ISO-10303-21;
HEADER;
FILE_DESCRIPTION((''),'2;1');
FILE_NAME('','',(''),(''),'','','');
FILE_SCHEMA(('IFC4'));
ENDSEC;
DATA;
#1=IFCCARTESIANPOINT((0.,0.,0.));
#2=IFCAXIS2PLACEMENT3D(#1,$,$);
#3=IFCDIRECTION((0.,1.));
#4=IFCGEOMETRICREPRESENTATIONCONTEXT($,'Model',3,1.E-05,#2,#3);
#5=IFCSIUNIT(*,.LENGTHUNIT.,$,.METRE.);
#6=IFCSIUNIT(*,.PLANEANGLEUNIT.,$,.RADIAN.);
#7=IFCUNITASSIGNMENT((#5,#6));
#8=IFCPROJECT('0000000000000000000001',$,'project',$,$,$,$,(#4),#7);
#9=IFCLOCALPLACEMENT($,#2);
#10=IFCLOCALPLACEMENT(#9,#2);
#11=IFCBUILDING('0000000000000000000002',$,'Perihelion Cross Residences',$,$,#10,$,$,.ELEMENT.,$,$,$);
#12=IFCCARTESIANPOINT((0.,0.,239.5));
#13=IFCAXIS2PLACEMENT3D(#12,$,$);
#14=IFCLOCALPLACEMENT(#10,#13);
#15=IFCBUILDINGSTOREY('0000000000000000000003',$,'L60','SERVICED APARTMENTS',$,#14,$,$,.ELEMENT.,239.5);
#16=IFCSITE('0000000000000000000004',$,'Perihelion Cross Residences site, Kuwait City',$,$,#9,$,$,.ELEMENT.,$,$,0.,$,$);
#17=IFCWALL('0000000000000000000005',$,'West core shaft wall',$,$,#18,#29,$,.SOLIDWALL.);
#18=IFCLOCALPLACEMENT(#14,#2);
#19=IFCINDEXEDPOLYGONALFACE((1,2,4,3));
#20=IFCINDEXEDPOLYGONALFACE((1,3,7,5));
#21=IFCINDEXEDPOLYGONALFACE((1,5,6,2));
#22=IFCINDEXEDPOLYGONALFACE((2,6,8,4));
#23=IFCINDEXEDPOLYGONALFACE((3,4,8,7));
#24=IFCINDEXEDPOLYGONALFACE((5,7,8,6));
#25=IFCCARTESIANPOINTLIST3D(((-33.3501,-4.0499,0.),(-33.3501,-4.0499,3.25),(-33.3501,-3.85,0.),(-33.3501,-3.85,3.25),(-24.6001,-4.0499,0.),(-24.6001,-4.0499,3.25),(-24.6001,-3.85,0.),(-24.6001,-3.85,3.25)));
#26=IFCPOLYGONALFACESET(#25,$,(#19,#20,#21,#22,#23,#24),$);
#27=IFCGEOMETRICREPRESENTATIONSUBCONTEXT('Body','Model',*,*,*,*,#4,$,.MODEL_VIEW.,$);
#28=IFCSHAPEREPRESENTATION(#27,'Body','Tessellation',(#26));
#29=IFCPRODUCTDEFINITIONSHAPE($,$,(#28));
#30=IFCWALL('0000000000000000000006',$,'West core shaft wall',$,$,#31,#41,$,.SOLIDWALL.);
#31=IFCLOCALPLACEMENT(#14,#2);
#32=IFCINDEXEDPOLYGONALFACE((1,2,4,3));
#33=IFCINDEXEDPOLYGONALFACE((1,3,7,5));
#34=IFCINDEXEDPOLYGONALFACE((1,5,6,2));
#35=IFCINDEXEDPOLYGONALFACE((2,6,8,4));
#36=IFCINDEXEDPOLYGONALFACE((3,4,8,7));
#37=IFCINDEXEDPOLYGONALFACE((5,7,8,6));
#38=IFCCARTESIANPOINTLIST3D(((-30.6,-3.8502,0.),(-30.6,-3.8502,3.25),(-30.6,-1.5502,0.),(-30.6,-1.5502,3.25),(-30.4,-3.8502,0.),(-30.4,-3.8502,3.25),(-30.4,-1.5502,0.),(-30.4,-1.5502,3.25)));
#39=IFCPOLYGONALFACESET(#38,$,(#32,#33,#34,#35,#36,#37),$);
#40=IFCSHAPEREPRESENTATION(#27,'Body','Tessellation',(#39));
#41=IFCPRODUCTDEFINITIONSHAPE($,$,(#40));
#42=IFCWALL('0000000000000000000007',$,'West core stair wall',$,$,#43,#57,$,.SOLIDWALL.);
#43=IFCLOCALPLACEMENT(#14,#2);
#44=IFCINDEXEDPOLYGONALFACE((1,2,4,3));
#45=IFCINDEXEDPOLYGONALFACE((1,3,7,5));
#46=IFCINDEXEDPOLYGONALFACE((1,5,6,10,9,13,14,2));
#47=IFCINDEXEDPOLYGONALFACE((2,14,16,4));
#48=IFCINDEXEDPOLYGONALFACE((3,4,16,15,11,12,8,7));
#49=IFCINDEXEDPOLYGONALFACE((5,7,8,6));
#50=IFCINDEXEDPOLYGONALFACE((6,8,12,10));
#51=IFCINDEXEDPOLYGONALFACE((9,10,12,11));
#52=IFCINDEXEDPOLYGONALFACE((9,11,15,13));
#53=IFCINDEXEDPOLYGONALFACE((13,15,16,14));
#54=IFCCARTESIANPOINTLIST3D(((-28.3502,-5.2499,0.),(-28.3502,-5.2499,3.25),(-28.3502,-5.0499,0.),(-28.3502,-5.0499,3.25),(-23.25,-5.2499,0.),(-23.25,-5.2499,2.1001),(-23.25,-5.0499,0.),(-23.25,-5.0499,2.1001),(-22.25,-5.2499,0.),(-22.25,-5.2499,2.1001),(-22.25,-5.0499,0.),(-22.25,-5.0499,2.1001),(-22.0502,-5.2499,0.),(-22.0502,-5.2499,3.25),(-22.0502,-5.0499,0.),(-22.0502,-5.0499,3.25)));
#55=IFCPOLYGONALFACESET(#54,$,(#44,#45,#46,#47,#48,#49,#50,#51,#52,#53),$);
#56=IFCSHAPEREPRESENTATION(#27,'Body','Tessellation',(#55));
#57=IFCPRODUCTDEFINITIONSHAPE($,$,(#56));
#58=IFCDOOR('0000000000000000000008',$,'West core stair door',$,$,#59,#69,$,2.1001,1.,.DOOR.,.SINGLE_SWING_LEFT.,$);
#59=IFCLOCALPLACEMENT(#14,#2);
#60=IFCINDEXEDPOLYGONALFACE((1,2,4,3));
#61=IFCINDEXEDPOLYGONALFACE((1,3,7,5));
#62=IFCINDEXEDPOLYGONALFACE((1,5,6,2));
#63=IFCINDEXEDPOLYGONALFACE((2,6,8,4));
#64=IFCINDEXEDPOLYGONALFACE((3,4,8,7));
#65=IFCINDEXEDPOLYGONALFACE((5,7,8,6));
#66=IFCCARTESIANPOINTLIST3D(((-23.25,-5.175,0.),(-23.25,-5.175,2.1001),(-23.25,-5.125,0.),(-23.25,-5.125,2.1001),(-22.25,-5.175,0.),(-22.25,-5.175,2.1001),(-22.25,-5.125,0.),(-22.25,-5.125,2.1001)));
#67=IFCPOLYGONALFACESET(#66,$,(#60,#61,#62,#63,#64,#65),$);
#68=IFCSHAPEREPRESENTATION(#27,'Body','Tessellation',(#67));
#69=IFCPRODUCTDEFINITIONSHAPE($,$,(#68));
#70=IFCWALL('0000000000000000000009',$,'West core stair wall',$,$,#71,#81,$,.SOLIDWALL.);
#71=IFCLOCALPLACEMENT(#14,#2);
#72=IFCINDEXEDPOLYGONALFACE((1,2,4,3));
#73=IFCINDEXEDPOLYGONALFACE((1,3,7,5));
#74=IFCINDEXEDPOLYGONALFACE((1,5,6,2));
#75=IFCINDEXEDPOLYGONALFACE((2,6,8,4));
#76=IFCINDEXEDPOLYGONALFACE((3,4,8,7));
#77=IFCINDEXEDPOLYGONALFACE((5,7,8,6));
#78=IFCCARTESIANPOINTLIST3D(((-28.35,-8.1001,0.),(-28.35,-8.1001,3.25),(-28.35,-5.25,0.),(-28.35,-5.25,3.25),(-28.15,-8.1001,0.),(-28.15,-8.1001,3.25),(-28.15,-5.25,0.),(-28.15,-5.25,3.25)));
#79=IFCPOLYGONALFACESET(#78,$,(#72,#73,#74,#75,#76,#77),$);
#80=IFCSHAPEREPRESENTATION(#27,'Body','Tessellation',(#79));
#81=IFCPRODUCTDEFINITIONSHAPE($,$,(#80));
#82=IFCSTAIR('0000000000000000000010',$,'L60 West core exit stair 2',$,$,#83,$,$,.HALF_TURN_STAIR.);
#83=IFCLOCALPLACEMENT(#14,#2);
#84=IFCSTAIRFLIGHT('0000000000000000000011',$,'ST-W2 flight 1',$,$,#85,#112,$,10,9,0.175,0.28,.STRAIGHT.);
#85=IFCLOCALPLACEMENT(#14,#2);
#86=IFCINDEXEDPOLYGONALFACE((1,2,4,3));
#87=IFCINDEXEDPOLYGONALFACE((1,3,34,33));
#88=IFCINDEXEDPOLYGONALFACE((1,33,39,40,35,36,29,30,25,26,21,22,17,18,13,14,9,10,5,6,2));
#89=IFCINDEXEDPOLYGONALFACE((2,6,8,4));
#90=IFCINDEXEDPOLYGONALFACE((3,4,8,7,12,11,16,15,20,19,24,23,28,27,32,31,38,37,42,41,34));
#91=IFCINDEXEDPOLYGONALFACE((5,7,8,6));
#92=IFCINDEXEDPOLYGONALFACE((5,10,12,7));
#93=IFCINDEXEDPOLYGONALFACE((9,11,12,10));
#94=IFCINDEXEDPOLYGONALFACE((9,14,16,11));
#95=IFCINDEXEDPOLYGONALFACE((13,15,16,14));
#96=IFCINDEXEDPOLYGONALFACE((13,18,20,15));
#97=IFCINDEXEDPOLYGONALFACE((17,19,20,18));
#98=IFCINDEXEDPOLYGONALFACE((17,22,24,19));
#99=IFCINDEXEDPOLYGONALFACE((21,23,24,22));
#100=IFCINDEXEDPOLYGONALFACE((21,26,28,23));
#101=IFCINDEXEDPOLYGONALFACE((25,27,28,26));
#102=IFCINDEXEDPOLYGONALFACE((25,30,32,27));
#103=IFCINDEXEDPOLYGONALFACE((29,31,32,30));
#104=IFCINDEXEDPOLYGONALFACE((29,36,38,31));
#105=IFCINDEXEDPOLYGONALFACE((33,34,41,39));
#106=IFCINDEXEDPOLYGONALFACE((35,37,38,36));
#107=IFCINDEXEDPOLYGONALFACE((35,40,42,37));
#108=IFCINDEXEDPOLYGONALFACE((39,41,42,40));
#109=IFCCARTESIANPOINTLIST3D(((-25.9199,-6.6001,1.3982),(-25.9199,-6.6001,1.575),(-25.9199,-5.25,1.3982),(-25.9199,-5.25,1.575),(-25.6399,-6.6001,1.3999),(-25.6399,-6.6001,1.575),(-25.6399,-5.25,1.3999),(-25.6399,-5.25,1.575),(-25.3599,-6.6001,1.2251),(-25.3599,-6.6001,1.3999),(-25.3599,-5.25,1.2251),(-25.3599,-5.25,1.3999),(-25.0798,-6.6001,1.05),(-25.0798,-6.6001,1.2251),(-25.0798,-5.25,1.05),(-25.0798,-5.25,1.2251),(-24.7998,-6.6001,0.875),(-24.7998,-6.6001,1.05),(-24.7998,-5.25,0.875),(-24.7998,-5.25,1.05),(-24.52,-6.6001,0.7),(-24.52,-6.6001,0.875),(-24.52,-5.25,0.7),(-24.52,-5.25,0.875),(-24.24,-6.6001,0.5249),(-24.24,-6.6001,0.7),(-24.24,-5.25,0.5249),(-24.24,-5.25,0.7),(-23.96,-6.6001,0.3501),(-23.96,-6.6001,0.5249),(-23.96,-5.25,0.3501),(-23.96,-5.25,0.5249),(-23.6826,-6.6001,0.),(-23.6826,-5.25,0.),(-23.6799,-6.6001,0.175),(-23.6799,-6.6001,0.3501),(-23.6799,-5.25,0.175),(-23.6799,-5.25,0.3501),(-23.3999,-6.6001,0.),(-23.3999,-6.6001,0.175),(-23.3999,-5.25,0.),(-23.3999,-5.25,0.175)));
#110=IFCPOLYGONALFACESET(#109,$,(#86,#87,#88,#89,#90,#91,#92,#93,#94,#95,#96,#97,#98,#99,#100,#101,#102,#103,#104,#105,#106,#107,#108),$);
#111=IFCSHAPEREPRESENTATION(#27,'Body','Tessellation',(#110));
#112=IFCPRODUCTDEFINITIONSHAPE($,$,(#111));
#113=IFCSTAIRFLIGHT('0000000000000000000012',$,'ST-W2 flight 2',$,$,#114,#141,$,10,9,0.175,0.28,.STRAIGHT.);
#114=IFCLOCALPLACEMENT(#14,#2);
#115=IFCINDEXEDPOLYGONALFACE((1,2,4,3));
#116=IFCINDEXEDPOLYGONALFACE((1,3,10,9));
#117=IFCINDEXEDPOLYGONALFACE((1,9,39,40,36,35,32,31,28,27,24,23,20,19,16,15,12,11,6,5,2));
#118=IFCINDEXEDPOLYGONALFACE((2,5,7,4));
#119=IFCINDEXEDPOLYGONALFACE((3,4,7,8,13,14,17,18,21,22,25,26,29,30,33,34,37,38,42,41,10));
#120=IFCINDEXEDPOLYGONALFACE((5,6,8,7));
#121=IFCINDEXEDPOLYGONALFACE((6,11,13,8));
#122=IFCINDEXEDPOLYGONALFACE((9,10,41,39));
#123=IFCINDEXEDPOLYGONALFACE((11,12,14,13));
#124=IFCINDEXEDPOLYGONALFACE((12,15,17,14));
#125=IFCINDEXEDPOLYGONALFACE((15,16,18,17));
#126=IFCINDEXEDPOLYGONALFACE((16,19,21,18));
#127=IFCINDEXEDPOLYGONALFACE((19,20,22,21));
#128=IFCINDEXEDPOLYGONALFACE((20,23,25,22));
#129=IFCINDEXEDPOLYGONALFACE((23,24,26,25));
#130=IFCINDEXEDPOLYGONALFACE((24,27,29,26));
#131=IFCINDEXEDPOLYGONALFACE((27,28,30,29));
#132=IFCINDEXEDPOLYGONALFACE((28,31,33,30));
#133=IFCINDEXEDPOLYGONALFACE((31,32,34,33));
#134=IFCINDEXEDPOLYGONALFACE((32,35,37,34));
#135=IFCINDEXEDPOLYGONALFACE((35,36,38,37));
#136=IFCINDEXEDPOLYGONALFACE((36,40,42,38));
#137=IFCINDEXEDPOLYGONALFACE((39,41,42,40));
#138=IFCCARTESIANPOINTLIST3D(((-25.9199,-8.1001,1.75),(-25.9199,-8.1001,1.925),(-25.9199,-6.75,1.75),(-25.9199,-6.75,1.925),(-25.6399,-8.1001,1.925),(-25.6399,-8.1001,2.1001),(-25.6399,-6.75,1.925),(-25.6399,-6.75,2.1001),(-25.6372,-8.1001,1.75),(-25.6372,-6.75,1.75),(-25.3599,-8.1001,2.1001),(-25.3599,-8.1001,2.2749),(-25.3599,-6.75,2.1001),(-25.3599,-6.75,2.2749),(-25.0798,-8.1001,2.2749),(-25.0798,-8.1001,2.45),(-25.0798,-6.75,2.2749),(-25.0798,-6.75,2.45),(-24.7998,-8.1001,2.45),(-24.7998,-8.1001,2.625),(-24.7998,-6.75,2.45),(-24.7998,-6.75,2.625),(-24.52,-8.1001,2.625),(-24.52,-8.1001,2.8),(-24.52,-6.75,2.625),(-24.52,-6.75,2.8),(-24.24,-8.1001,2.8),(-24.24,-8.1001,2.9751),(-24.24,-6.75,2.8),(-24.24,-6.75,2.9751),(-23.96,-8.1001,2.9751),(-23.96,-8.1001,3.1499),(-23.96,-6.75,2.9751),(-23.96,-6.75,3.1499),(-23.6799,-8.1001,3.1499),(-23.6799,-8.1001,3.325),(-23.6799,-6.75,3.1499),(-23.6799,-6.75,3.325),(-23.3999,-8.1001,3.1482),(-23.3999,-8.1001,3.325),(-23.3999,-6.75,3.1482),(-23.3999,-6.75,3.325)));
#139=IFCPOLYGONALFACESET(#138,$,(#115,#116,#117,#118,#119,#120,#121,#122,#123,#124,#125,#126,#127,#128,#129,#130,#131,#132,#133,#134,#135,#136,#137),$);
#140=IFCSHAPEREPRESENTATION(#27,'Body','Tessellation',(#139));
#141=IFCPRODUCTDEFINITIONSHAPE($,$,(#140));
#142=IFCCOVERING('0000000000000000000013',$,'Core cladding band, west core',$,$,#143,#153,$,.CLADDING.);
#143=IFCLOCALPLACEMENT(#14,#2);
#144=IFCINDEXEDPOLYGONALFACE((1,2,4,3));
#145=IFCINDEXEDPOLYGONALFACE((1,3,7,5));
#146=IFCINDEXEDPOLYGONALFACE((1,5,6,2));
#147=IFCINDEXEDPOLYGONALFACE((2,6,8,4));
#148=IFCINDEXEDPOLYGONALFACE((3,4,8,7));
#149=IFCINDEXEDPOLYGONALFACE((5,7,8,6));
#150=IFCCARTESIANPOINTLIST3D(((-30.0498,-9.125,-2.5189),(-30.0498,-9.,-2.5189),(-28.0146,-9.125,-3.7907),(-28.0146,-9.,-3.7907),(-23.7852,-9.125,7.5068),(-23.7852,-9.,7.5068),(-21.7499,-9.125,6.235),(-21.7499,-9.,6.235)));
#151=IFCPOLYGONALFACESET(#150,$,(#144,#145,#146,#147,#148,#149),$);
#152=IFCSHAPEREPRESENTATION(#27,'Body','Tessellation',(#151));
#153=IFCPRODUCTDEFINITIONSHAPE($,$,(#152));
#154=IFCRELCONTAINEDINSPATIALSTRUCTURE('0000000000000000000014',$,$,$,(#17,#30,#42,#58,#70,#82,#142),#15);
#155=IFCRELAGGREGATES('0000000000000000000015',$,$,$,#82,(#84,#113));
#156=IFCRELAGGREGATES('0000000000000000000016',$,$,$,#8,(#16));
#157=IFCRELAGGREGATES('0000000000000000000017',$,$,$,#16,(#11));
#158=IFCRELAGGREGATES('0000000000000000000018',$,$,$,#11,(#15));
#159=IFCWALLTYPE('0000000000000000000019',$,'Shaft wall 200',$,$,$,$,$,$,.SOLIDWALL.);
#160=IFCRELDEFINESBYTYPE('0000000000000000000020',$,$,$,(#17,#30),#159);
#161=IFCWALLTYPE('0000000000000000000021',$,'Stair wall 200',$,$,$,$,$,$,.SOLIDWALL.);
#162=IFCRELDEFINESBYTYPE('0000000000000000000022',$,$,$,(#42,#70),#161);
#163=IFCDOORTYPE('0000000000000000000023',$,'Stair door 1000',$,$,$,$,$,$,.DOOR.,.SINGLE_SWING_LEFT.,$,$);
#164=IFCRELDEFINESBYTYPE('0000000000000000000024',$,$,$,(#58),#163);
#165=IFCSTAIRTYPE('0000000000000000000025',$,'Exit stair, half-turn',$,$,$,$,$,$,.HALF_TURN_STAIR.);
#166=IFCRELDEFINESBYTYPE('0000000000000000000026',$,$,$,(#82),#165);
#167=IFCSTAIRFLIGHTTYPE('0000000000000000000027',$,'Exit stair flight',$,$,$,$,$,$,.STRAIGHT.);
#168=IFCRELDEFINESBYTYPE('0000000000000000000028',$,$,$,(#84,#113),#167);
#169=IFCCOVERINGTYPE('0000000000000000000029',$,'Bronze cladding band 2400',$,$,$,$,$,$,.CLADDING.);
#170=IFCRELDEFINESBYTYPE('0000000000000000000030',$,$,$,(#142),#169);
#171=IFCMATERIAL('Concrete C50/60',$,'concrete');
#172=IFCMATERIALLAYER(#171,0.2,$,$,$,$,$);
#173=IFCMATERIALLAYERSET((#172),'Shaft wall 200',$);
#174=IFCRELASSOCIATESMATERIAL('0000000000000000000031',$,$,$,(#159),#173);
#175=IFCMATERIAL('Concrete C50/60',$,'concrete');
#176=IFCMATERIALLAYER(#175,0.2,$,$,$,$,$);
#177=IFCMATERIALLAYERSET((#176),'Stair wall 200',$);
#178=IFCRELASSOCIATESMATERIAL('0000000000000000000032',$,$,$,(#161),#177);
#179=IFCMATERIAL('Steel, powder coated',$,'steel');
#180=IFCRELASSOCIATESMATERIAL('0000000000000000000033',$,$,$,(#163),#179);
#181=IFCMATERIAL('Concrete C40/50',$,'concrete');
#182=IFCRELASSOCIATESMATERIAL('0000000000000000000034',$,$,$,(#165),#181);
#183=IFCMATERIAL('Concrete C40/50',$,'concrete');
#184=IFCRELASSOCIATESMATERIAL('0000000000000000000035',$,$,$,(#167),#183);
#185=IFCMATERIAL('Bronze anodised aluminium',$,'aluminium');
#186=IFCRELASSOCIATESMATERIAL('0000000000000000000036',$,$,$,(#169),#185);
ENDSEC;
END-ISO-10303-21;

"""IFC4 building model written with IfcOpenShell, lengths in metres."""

from ifc_helpers import new_model, si_unit, direction, frame, frame_2d, origin, origin_2d, place, context, subcontext, project, spatial, polyline, rectangle, outline, extrude, material, layer, layer_set, material_profile, profile_set, type_object, element, fill, aggregate, save


model = new_model("IFC4")

# Units and contexts
model_context = context("Model", 3, precision=1e-05, world=origin(), true_north=direction((0.0, 1.0)))
body_context = subcontext(model_context, "Body", "Model", "MODEL_VIEW")
ifc_project = project(units=[si_unit("LENGTHUNIT", "METRE"), si_unit("PLANEANGLEUNIT", "RADIAN")], contexts=[model_context])

# Site, building, storey
site_placement = place(None, origin())
site = spatial("IfcSite", under=ifc_project, at=site_placement, Name="Perihelion Cross Residences site, Kuwait City", CompositionType="ELEMENT", RefElevation=0.0)
building_placement = place(site_placement, origin())
building = spatial("IfcBuilding", under=site, at=building_placement, Name="Perihelion Cross Residences", CompositionType="ELEMENT")
storey_placement = place(building_placement, frame((0.0, 0.0, 239.5)))
storey = spatial("IfcBuildingStorey", under=building, at=storey_placement, Name="L60", Description="SERVICED APARTMENTS", CompositionType="ELEMENT", Elevation=239.5)

# Walls
ifc_material_1 = material(Name="Concrete C50/60", Category="concrete")
ifc_layer_1 = layer(ifc_material_1, 0.2)
ifc_layer_set_1 = layer_set([ifc_layer_1], Name="Shaft wall 200")
wall_type_1 = type_object("IfcWallType", Name="Shaft wall 200", PredefinedType="SOLIDWALL", material=ifc_layer_set_1)
wall_1_placement = place(storey_placement, frame((-33.3501, -3.95, 0.0), z_axis=(0.0, 0.0, 1.0), x_axis=(1.0, 0.0, 0.0)))
element("IfcWall", 1, at=wall_1_placement, inside=storey, type_object=wall_type_1, Name="West core shaft wall", PredefinedType="SOLIDWALL", context=body_context, shape_type="SweptSolid", body=[
    extrude(rectangle(XDim=8.75, YDim=0.2, at=frame_2d((4.375, 0.0))), origin(), (0.0, 0.0, 1.0), 3.25),
])
wall_2_placement = place(storey_placement, frame((-30.5, -3.8501, 0.0), z_axis=(0.0, 0.0, 1.0), x_axis=(0.0, 1.0, 0.0)))
element("IfcWall", 2, at=wall_2_placement, inside=storey, type_object=wall_type_1, Name="West core shaft wall", PredefinedType="SOLIDWALL", context=body_context, shape_type="SweptSolid", body=[
    extrude(rectangle(XDim=2.3, YDim=0.2, at=frame_2d((1.1499, 0.0))), origin(), (0.0, 0.0, 1.0), 3.25),
])

# Wall, opening, door
ifc_material_2 = material(Name="Concrete C50/60", Category="concrete")
ifc_layer_2 = layer(ifc_material_2, 0.2)
ifc_layer_set_2 = layer_set([ifc_layer_2], Name="Stair wall 200")
wall_type_2 = type_object("IfcWallType", Name="Stair wall 200", PredefinedType="SOLIDWALL", material=ifc_layer_set_2)
wall_3_placement = place(storey_placement, frame((-28.3501, -5.1499, 0.0), z_axis=(0.0, 0.0, 1.0), x_axis=(1.0, 0.0, 0.0)))
wall_3 = element("IfcWall", 3, at=wall_3_placement, inside=storey, type_object=wall_type_2, Name="West core stair wall", PredefinedType="SOLIDWALL", context=body_context, shape_type="SweptSolid", body=[
    extrude(rectangle(XDim=6.3, YDim=0.2, at=frame_2d((3.1499, 0.0))), origin(), (0.0, 0.0, 1.0), 3.25),
])
opening_1_placement = place(wall_3_placement, frame((5.1001, 0.0, 0.0)))
opening_1 = element("IfcOpeningElement", 4, at=opening_1_placement, cuts=wall_3, PredefinedType="OPENING", context=body_context, shape_type="SweptSolid", body=[
    extrude(rectangle(XDim=1.0, YDim=2.1001, at=frame_2d((0.5, 1.05))), frame((0.0, 0.1099, 0.0), z_axis=(0.0, -1.0, 0.0), x_axis=(1.0, 0.0, 0.0)), (0.0, 0.0, 1.0), 0.22),
])
ifc_material_3 = material(Name="Steel, powder coated", Category="steel")
door_type_1 = type_object("IfcDoorType", Name="Stair door 1000", OperationType="SINGLE_SWING_LEFT", PredefinedType="DOOR", material=ifc_material_3)
door_1_placement = place(opening_1_placement, origin())
door_1 = element("IfcDoor", 5, at=door_1_placement, inside=storey, type_object=door_type_1, Name="West core stair door", OperationType="SINGLE_SWING_LEFT", OverallHeight=2.1001, OverallWidth=1.0, PredefinedType="DOOR", context=body_context, shape_type="SweptSolid", body=[
    extrude(rectangle(XDim=1.0, YDim=2.1001, at=frame_2d((0.5, 1.05))), frame((0.0, 0.0249, 0.0), z_axis=(0.0, -1.0, 0.0), x_axis=(1.0, 0.0, 0.0)), (0.0, 0.0, 1.0), 0.05),
])
fill(opening_1, door_1)

# Wall
wall_4_placement = place(storey_placement, frame((-28.25, -8.1001, 0.0), z_axis=(0.0, 0.0, 1.0), x_axis=(0.0, 1.0, 0.0)))
element("IfcWall", 6, at=wall_4_placement, inside=storey, type_object=wall_type_2, Name="West core stair wall", PredefinedType="SOLIDWALL", context=body_context, shape_type="SweptSolid", body=[
    extrude(rectangle(XDim=2.8501, YDim=0.2, at=frame_2d((1.425, 0.0))), origin(), (0.0, 0.0, 1.0), 3.25),
])

# Stair, stair flights
ifc_material_4 = material(Name="Concrete C40/50", Category="concrete")
stair_type = type_object("IfcStairType", Name="Exit stair, half-turn", PredefinedType="HALF_TURN_STAIR", material=ifc_material_4)
stair_placement = place(storey_placement, origin())
stair = element("IfcStair", 7, at=stair_placement, inside=storey, type_object=stair_type, Name="L60 West core exit stair 2", PredefinedType="HALF_TURN_STAIR")
ifc_material_5 = material(Name="Concrete C40/50", Category="concrete")
stair_flight_type = type_object("IfcStairFlightType", Name="Exit stair flight", PredefinedType="STRAIGHT", material=ifc_material_5)
stair_flight_1_placement = place(storey_placement, frame((-23.3999, -5.925, 0.0), z_axis=(0.0, 0.0, 1.0), x_axis=(-1.0, 0.0, 0.0)))
stair_flight_1 = element("IfcStairFlight", 8, at=stair_flight_1_placement, type_object=stair_flight_type, Name="ST-W2 flight 1", NumberOfRisers=10, NumberOfTreads=9, PredefinedType="STRAIGHT", RiserHeight=0.175, TreadLength=0.28, context=body_context, shape_type="SweptSolid", body=[
    extrude(outline(polyline([(0.0, 0.0), (0.0, 0.175), (0.28, 0.175), (0.28, 0.3501), (0.5601, 0.3501), (0.5601, 0.5249), (0.8401, 0.5249), (0.8401, 0.7), (1.1201, 0.7), (1.1201, 0.875), (1.3999, 0.875), (1.3999, 1.05), (1.6799, 1.05), (1.6799, 1.2251), (1.96, 1.2251), (1.96, 1.3999), (2.24, 1.3999), (2.24, 1.575), (2.52, 1.575), (2.52, 1.75), (2.52, 1.3982), (0.2827, 0.0), (0.0, 0.0)])), frame((0.0, 0.675, 0.0), z_axis=(0.0, -1.0, 0.0), x_axis=(1.0, 0.0, 0.0)), (0.0, 0.0, 1.0), 1.3501),
])
stair_flight_2_placement = place(storey_placement, frame((-25.9199, -7.425, 1.75), z_axis=(0.0, 0.0, 1.0), x_axis=(1.0, 0.0, 0.0)))
stair_flight_2 = element("IfcStairFlight", 9, at=stair_flight_2_placement, type_object=stair_flight_type, Name="ST-W2 flight 2", NumberOfRisers=10, NumberOfTreads=9, PredefinedType="STRAIGHT", RiserHeight=0.175, TreadLength=0.28, context=body_context, shape_type="SweptSolid", body=[
    extrude(outline(polyline([(0.0, 0.0), (0.0, 0.175), (0.28, 0.175), (0.28, 0.3501), (0.5601, 0.3501), (0.5601, 0.5249), (0.8401, 0.5249), (0.8401, 0.7), (1.1201, 0.7), (1.1201, 0.875), (1.3999, 0.875), (1.3999, 1.05), (1.6799, 1.05), (1.6799, 1.2251), (1.96, 1.2251), (1.96, 1.3999), (2.24, 1.3999), (2.24, 1.575), (2.52, 1.575), (2.52, 1.75), (2.52, 1.3982), (0.2827, 0.0), (0.0, 0.0)])), frame((0.0, 0.675, 0.0), z_axis=(0.0, -1.0, 0.0), x_axis=(1.0, 0.0, 0.0)), (0.0, 0.0, 1.0), 1.3501),
])
aggregate(stair, [stair_flight_1, stair_flight_2])

# Covering
ifc_material_6 = material(Name="Bronze anodised aluminium", Category="aluminium")
ifc_material_profile_1 = material_profile(ifc_material_6, rectangle(XDim=0.125, YDim=2.3999, at=origin_2d()), Name="Bronze cladding band 2400")
ifc_profile_set_1 = profile_set([ifc_material_profile_1], Name="Bronze anodised aluminium")
covering_type = type_object("IfcCoveringType", Name="Bronze cladding band 2400", PredefinedType="CLADDING", material=ifc_profile_set_1)
covering_placement = place(storey_placement, frame((-29.0322, -9.0625, -3.1548), z_axis=(0.529915, 0.0, 0.848051), x_axis=(0.0, 1.0, 0.0)))
element("IfcCovering", 10, at=covering_placement, inside=storey, type_object=covering_type, Name="Core cladding band, west core", PredefinedType="CLADDING", context=body_context, shape_type="SweptSolid", body=[
    extrude(rectangle(XDim=0.125, YDim=2.3999, at=origin_2d()), origin(), (0.0, 0.0, 1.0), 11.822),
])

save(model, "model.ifc")
